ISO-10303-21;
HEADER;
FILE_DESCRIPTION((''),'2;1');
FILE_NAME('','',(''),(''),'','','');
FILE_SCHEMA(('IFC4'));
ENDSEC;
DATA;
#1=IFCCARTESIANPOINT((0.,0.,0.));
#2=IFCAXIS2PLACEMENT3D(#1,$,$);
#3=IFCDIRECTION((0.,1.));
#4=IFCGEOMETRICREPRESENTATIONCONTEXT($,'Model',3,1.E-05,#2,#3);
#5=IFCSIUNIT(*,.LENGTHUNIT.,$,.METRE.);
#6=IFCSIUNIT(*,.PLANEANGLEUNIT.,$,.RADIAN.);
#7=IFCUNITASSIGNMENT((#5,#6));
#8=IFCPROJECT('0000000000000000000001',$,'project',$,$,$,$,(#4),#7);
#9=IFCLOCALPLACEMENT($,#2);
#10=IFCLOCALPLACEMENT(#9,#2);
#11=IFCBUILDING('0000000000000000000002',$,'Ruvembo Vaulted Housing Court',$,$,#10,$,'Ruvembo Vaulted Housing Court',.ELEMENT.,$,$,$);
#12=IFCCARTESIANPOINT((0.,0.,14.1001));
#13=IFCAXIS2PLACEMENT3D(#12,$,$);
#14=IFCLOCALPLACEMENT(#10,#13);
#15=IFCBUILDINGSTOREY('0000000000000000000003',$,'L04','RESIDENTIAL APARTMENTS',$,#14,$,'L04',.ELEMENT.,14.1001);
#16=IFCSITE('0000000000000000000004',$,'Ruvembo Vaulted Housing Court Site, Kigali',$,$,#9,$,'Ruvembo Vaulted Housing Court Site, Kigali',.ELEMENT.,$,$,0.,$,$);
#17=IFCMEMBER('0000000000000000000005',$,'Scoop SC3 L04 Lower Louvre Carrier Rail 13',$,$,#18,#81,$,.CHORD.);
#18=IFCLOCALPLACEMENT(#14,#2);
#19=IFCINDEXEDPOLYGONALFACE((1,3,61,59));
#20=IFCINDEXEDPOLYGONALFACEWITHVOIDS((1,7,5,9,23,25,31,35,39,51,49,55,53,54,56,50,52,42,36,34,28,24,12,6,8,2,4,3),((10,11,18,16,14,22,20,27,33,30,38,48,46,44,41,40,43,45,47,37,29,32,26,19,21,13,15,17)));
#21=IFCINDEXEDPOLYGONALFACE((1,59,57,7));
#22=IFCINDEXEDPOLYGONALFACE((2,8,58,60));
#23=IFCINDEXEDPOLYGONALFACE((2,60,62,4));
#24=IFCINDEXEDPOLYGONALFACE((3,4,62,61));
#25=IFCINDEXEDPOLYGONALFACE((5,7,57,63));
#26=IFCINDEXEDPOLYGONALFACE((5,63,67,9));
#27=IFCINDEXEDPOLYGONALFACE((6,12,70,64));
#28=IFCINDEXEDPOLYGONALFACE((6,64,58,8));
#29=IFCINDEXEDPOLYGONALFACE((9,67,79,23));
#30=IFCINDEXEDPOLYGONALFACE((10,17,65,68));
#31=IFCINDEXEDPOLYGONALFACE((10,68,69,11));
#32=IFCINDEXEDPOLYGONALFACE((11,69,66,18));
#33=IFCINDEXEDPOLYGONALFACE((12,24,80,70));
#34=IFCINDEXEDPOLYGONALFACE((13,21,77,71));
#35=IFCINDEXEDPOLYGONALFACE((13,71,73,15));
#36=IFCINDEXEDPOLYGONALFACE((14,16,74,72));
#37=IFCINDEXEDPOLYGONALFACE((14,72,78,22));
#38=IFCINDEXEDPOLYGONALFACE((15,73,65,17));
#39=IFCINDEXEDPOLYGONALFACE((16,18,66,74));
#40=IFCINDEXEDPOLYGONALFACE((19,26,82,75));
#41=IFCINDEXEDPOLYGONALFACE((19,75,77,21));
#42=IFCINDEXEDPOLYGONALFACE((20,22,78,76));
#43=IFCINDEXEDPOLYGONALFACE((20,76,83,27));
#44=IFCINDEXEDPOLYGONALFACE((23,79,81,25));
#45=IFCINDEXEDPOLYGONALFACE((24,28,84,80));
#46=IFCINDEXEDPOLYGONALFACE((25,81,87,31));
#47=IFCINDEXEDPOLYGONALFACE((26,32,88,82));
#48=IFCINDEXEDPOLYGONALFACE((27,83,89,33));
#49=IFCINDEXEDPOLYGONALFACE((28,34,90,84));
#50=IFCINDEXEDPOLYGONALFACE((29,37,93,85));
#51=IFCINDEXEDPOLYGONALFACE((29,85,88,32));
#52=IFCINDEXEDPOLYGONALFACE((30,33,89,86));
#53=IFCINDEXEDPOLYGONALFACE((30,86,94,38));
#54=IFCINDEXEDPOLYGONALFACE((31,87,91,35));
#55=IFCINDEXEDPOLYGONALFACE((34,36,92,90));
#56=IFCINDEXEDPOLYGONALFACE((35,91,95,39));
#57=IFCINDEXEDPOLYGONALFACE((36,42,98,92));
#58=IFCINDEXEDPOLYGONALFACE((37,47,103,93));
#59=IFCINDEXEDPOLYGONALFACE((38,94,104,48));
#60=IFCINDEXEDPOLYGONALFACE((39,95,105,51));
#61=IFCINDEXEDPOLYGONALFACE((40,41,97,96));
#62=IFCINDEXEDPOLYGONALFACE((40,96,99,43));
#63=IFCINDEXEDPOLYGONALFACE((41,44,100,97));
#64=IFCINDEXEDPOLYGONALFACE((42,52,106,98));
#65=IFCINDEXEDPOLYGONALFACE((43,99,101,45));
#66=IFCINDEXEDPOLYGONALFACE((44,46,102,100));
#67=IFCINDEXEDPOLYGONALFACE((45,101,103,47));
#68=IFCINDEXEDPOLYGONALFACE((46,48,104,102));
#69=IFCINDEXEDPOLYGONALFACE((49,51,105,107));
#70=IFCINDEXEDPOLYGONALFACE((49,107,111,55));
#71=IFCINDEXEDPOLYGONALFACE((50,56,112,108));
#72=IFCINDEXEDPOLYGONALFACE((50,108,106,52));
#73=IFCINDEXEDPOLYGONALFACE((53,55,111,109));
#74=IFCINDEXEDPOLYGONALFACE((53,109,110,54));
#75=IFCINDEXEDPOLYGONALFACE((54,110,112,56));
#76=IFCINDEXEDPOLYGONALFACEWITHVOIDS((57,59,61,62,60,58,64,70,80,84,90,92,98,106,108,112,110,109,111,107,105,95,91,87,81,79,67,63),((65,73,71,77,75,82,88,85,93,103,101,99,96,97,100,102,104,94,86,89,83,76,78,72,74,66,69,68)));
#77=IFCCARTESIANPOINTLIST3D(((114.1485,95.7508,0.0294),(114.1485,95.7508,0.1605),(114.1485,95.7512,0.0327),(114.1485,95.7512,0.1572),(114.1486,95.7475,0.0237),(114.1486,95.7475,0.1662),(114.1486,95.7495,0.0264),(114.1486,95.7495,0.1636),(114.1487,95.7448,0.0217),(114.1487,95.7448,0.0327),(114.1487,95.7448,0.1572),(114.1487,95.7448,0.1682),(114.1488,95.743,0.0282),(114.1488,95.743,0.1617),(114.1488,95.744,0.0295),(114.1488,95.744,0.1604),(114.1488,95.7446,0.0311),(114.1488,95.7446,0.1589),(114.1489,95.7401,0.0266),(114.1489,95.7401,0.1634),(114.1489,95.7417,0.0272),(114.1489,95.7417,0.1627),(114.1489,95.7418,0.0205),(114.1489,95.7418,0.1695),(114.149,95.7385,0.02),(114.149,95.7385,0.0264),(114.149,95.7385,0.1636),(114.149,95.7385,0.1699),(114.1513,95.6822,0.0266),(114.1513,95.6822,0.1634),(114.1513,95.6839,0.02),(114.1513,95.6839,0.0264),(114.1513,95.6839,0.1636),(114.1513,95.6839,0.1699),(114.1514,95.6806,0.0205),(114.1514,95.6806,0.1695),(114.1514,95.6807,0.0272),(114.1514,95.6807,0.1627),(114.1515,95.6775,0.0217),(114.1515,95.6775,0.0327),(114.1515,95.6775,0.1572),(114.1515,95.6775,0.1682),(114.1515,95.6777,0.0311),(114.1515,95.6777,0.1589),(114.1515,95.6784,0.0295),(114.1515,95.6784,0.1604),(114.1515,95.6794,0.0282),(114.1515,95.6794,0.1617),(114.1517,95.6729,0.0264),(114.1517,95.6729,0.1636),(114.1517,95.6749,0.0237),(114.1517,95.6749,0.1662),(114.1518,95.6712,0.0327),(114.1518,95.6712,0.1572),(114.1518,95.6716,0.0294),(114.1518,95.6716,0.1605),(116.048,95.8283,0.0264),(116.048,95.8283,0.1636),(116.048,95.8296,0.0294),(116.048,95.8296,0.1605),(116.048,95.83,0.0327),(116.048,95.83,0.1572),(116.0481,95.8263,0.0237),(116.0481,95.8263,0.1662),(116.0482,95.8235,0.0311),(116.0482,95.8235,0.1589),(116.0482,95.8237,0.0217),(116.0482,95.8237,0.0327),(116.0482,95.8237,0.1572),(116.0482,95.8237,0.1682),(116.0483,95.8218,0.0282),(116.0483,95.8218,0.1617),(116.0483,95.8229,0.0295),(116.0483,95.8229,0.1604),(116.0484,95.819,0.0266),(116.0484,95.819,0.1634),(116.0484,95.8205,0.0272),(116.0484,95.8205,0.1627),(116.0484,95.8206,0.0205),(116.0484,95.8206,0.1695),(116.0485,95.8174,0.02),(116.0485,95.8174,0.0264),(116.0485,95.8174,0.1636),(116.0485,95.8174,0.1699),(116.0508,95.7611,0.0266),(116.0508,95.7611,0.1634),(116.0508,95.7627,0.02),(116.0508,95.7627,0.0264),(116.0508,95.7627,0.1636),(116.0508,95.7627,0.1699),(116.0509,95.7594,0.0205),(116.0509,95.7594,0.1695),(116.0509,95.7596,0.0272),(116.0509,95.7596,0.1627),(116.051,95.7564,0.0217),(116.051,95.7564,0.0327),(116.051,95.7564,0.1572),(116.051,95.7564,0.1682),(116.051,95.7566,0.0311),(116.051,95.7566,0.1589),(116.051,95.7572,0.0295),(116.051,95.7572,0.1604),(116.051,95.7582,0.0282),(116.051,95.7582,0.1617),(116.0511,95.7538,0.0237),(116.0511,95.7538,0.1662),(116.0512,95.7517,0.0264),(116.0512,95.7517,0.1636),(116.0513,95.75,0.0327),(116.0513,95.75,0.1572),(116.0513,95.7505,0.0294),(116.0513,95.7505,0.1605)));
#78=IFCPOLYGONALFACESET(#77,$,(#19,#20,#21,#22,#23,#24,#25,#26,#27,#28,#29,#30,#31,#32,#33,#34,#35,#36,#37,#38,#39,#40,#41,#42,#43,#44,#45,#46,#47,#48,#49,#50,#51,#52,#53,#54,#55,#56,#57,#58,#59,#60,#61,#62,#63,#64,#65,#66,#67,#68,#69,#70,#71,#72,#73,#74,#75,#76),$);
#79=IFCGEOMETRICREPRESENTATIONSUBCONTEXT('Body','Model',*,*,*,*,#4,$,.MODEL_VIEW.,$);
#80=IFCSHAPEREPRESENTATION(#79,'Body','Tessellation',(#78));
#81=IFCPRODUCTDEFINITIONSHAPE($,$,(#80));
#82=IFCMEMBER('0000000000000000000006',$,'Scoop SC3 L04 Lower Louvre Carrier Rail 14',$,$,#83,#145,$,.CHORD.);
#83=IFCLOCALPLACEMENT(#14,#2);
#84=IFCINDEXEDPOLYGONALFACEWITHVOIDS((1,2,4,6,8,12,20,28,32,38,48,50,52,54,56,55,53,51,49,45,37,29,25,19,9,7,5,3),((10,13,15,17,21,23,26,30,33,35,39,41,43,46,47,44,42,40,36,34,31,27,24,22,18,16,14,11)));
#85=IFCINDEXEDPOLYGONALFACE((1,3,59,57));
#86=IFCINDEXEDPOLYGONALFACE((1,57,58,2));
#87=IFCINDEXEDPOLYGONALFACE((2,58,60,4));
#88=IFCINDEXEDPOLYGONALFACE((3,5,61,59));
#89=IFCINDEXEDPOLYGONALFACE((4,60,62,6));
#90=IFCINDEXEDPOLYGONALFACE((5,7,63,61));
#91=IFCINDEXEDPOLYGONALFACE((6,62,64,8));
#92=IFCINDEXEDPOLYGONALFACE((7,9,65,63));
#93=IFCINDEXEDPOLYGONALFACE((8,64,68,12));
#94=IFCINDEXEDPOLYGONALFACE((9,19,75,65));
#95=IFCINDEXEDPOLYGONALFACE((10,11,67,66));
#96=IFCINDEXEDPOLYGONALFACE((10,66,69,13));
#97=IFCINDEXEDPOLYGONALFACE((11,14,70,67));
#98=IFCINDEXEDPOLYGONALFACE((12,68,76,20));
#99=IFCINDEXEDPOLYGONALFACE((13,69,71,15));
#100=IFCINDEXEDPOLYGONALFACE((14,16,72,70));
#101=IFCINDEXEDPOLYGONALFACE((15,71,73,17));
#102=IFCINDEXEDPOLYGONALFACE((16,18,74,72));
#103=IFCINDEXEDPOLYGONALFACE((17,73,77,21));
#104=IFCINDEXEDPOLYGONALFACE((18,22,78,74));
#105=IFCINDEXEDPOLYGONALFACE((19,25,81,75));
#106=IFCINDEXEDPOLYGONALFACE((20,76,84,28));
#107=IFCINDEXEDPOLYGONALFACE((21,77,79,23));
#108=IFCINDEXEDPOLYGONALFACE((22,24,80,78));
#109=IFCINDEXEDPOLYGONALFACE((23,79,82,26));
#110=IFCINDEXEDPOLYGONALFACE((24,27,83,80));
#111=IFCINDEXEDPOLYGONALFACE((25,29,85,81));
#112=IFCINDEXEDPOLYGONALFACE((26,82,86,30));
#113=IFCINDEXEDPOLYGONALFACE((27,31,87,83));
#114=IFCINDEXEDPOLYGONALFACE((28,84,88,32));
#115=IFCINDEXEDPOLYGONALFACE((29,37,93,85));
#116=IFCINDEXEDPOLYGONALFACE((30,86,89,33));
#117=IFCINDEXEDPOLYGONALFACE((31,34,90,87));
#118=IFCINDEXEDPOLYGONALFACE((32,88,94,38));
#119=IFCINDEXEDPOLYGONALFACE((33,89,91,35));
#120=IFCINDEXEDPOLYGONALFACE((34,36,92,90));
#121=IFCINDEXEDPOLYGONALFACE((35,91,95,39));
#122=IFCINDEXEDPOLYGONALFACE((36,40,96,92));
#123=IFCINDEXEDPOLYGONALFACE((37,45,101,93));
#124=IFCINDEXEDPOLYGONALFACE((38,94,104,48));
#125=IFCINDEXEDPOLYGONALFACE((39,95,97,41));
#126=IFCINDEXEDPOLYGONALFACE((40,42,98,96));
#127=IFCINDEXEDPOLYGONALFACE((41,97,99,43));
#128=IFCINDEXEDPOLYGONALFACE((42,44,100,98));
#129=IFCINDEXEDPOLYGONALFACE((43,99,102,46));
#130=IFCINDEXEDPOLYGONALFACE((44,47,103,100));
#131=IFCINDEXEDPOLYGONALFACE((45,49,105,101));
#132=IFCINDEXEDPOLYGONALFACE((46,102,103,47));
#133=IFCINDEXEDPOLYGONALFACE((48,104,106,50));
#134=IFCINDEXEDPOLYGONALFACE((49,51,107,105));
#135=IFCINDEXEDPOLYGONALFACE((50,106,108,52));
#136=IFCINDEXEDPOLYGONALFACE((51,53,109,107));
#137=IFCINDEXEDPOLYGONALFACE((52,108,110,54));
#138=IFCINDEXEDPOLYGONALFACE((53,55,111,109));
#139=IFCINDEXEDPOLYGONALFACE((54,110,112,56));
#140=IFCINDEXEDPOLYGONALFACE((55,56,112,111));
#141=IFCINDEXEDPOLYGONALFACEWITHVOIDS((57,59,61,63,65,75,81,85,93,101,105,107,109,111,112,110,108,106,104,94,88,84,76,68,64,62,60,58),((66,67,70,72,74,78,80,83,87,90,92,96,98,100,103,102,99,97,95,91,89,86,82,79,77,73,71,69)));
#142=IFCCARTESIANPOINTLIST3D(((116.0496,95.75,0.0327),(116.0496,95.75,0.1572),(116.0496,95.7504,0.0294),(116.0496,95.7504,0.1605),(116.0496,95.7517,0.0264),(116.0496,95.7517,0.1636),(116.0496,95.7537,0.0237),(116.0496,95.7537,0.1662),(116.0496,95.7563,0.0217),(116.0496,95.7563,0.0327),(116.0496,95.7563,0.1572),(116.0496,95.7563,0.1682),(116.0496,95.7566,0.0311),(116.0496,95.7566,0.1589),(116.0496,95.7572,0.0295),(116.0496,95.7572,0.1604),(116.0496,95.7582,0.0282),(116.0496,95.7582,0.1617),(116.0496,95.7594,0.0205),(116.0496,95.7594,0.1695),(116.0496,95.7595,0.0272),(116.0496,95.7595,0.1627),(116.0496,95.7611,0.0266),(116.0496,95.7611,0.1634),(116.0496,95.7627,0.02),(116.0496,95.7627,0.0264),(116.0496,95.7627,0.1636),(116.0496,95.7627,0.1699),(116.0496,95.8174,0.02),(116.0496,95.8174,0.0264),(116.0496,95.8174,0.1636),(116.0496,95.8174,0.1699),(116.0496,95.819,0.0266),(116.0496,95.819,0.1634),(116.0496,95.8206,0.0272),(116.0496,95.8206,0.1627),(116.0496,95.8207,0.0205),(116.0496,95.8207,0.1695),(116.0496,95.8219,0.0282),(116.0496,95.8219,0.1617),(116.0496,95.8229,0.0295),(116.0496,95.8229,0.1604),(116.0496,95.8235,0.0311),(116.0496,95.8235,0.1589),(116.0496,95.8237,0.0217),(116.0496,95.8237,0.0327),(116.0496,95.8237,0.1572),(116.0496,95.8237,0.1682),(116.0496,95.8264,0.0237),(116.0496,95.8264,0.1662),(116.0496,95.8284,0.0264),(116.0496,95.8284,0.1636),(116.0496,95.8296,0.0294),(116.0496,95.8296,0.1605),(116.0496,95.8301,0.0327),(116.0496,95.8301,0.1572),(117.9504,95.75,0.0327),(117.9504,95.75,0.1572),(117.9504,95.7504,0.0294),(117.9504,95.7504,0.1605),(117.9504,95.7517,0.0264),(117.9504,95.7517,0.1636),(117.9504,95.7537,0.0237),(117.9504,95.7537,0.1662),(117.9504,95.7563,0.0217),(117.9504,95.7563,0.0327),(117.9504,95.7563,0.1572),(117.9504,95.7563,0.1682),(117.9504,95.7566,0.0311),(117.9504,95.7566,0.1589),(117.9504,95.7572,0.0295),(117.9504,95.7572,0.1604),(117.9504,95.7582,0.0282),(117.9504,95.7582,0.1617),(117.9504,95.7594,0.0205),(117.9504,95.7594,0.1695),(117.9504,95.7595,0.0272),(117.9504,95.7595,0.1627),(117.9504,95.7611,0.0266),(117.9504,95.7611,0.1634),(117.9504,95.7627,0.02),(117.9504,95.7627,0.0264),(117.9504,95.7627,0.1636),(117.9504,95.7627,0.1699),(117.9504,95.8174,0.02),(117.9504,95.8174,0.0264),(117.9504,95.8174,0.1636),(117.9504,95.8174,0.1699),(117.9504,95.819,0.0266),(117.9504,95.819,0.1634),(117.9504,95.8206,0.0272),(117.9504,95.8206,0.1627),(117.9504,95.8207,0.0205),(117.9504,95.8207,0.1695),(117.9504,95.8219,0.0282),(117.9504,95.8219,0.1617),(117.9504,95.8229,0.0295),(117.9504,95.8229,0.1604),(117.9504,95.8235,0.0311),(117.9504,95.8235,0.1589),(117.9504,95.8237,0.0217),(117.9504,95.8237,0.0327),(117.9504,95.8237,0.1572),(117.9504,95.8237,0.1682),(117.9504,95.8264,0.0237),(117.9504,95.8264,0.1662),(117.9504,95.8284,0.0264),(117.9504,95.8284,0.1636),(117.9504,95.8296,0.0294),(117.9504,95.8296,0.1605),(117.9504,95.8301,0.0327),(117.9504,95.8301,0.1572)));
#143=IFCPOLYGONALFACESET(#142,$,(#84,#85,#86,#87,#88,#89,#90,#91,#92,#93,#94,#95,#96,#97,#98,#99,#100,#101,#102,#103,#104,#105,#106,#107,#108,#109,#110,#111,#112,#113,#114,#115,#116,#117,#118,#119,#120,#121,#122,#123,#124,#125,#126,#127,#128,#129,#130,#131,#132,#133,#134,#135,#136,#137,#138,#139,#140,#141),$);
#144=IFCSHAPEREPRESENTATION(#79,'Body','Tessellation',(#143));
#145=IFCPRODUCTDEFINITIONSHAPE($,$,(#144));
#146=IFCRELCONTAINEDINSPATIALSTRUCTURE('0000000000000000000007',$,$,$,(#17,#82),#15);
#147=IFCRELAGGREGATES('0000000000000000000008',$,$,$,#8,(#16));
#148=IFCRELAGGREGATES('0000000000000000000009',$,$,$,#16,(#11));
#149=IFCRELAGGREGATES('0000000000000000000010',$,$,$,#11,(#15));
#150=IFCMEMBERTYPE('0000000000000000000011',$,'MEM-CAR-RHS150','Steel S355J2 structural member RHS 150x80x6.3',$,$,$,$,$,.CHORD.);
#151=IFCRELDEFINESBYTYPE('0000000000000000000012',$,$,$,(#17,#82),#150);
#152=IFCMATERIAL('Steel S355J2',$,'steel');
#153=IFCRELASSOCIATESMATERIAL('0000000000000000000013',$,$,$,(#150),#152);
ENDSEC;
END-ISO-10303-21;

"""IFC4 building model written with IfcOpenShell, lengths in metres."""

from ifc_helpers import new_model, si_unit, direction, frame, origin, origin_2d, place, context, subcontext, project, spatial, hollow_rectangle, extrude, material, material_profile, profile_set, type_object, element, save


model = new_model("IFC4")

# Units and contexts
model_context = context("Model", 3, precision=1e-05, world=origin(), true_north=direction((0.0, 1.0)))
body_context = subcontext(model_context, "Body", "Model", "MODEL_VIEW")
ifc_project = project(units=[si_unit("LENGTHUNIT", "METRE"), si_unit("PLANEANGLEUNIT", "RADIAN")], contexts=[model_context])

# Site, building, storey
site_placement = place(None, origin())
site = spatial("IfcSite", under=ifc_project, at=site_placement, Name="Ruvembo Vaulted Housing Court Site, Kigali", LongName="Ruvembo Vaulted Housing Court Site, Kigali", CompositionType="ELEMENT", RefElevation=0.0)
building_placement = place(site_placement, origin())
building = spatial("IfcBuilding", under=site, at=building_placement, Name="Ruvembo Vaulted Housing Court", LongName="Ruvembo Vaulted Housing Court", CompositionType="ELEMENT")
storey_placement = place(building_placement, frame((0.0, 0.0, 14.1001)))
storey = spatial("IfcBuildingStorey", under=building, at=storey_placement, Name="L04", Description="RESIDENTIAL APARTMENTS", LongName="L04", CompositionType="ELEMENT", Elevation=14.1001)

# Shared definitions
ifc_material_1 = material(Name="Steel S355J2", Category="steel")

# Members
ifc_material_profile_1 = material_profile(ifc_material_1, hollow_rectangle(XDim=0.0801, YDim=0.1499, WallThickness=0.0063, InnerFilletRadius=0.0063, OuterFilletRadius=0.0127, at=origin_2d()), Name="RHS 150x80x6.3")
ifc_profile_set_1 = profile_set([ifc_material_profile_1], Name="Steel S355J2")
member_type_1 = type_object("IfcMemberType", Name="MEM-CAR-RHS150", Description="Steel S355J2 structural member RHS 150x80x6.3", PredefinedType="CHORD", material=ifc_profile_set_1)
for number, where, z_axis, x_axis, name in (
    (1, (114.1501, 95.7112, 0.095), (0.999139, 0.041481, 0.0), (-0.041481, 0.999139, 0.0), "Scoop SC3 L04 Lower Louvre Carrier Rail 13"),
):
    element("IfcMember", number, at=place(storey_placement, frame(where, z_axis=z_axis, x_axis=x_axis)), inside=storey, type_object=member_type_1, Name=name, PredefinedType="CHORD", context=body_context, shape_type="SweptSolid", body=[
        extrude(hollow_rectangle(XDim=0.0801, YDim=0.1499, WallThickness=0.0063, InnerFilletRadius=0.0063, OuterFilletRadius=0.0127, at=origin_2d()), origin(), (0.0, 0.0, 1.0), 1.9011),
    ])
member_1_placement = place(storey_placement, frame((116.0496, 95.79, 0.095), z_axis=(1.0, 0.0, 0.0), x_axis=(0.0, 1.0, 0.0)))
element("IfcMember", 2, at=member_1_placement, inside=storey, type_object=member_type_1, Name="Scoop SC3 L04 Lower Louvre Carrier Rail 14", PredefinedType="CHORD", context=body_context, shape_type="SweptSolid", body=[
    extrude(hollow_rectangle(XDim=0.0801, YDim=0.1499, WallThickness=0.0063, InnerFilletRadius=0.0063, OuterFilletRadius=0.0127, at=origin_2d()), origin(), (0.0, 0.0, 1.0), 1.9009),
])

save(model, "model.ifc")
